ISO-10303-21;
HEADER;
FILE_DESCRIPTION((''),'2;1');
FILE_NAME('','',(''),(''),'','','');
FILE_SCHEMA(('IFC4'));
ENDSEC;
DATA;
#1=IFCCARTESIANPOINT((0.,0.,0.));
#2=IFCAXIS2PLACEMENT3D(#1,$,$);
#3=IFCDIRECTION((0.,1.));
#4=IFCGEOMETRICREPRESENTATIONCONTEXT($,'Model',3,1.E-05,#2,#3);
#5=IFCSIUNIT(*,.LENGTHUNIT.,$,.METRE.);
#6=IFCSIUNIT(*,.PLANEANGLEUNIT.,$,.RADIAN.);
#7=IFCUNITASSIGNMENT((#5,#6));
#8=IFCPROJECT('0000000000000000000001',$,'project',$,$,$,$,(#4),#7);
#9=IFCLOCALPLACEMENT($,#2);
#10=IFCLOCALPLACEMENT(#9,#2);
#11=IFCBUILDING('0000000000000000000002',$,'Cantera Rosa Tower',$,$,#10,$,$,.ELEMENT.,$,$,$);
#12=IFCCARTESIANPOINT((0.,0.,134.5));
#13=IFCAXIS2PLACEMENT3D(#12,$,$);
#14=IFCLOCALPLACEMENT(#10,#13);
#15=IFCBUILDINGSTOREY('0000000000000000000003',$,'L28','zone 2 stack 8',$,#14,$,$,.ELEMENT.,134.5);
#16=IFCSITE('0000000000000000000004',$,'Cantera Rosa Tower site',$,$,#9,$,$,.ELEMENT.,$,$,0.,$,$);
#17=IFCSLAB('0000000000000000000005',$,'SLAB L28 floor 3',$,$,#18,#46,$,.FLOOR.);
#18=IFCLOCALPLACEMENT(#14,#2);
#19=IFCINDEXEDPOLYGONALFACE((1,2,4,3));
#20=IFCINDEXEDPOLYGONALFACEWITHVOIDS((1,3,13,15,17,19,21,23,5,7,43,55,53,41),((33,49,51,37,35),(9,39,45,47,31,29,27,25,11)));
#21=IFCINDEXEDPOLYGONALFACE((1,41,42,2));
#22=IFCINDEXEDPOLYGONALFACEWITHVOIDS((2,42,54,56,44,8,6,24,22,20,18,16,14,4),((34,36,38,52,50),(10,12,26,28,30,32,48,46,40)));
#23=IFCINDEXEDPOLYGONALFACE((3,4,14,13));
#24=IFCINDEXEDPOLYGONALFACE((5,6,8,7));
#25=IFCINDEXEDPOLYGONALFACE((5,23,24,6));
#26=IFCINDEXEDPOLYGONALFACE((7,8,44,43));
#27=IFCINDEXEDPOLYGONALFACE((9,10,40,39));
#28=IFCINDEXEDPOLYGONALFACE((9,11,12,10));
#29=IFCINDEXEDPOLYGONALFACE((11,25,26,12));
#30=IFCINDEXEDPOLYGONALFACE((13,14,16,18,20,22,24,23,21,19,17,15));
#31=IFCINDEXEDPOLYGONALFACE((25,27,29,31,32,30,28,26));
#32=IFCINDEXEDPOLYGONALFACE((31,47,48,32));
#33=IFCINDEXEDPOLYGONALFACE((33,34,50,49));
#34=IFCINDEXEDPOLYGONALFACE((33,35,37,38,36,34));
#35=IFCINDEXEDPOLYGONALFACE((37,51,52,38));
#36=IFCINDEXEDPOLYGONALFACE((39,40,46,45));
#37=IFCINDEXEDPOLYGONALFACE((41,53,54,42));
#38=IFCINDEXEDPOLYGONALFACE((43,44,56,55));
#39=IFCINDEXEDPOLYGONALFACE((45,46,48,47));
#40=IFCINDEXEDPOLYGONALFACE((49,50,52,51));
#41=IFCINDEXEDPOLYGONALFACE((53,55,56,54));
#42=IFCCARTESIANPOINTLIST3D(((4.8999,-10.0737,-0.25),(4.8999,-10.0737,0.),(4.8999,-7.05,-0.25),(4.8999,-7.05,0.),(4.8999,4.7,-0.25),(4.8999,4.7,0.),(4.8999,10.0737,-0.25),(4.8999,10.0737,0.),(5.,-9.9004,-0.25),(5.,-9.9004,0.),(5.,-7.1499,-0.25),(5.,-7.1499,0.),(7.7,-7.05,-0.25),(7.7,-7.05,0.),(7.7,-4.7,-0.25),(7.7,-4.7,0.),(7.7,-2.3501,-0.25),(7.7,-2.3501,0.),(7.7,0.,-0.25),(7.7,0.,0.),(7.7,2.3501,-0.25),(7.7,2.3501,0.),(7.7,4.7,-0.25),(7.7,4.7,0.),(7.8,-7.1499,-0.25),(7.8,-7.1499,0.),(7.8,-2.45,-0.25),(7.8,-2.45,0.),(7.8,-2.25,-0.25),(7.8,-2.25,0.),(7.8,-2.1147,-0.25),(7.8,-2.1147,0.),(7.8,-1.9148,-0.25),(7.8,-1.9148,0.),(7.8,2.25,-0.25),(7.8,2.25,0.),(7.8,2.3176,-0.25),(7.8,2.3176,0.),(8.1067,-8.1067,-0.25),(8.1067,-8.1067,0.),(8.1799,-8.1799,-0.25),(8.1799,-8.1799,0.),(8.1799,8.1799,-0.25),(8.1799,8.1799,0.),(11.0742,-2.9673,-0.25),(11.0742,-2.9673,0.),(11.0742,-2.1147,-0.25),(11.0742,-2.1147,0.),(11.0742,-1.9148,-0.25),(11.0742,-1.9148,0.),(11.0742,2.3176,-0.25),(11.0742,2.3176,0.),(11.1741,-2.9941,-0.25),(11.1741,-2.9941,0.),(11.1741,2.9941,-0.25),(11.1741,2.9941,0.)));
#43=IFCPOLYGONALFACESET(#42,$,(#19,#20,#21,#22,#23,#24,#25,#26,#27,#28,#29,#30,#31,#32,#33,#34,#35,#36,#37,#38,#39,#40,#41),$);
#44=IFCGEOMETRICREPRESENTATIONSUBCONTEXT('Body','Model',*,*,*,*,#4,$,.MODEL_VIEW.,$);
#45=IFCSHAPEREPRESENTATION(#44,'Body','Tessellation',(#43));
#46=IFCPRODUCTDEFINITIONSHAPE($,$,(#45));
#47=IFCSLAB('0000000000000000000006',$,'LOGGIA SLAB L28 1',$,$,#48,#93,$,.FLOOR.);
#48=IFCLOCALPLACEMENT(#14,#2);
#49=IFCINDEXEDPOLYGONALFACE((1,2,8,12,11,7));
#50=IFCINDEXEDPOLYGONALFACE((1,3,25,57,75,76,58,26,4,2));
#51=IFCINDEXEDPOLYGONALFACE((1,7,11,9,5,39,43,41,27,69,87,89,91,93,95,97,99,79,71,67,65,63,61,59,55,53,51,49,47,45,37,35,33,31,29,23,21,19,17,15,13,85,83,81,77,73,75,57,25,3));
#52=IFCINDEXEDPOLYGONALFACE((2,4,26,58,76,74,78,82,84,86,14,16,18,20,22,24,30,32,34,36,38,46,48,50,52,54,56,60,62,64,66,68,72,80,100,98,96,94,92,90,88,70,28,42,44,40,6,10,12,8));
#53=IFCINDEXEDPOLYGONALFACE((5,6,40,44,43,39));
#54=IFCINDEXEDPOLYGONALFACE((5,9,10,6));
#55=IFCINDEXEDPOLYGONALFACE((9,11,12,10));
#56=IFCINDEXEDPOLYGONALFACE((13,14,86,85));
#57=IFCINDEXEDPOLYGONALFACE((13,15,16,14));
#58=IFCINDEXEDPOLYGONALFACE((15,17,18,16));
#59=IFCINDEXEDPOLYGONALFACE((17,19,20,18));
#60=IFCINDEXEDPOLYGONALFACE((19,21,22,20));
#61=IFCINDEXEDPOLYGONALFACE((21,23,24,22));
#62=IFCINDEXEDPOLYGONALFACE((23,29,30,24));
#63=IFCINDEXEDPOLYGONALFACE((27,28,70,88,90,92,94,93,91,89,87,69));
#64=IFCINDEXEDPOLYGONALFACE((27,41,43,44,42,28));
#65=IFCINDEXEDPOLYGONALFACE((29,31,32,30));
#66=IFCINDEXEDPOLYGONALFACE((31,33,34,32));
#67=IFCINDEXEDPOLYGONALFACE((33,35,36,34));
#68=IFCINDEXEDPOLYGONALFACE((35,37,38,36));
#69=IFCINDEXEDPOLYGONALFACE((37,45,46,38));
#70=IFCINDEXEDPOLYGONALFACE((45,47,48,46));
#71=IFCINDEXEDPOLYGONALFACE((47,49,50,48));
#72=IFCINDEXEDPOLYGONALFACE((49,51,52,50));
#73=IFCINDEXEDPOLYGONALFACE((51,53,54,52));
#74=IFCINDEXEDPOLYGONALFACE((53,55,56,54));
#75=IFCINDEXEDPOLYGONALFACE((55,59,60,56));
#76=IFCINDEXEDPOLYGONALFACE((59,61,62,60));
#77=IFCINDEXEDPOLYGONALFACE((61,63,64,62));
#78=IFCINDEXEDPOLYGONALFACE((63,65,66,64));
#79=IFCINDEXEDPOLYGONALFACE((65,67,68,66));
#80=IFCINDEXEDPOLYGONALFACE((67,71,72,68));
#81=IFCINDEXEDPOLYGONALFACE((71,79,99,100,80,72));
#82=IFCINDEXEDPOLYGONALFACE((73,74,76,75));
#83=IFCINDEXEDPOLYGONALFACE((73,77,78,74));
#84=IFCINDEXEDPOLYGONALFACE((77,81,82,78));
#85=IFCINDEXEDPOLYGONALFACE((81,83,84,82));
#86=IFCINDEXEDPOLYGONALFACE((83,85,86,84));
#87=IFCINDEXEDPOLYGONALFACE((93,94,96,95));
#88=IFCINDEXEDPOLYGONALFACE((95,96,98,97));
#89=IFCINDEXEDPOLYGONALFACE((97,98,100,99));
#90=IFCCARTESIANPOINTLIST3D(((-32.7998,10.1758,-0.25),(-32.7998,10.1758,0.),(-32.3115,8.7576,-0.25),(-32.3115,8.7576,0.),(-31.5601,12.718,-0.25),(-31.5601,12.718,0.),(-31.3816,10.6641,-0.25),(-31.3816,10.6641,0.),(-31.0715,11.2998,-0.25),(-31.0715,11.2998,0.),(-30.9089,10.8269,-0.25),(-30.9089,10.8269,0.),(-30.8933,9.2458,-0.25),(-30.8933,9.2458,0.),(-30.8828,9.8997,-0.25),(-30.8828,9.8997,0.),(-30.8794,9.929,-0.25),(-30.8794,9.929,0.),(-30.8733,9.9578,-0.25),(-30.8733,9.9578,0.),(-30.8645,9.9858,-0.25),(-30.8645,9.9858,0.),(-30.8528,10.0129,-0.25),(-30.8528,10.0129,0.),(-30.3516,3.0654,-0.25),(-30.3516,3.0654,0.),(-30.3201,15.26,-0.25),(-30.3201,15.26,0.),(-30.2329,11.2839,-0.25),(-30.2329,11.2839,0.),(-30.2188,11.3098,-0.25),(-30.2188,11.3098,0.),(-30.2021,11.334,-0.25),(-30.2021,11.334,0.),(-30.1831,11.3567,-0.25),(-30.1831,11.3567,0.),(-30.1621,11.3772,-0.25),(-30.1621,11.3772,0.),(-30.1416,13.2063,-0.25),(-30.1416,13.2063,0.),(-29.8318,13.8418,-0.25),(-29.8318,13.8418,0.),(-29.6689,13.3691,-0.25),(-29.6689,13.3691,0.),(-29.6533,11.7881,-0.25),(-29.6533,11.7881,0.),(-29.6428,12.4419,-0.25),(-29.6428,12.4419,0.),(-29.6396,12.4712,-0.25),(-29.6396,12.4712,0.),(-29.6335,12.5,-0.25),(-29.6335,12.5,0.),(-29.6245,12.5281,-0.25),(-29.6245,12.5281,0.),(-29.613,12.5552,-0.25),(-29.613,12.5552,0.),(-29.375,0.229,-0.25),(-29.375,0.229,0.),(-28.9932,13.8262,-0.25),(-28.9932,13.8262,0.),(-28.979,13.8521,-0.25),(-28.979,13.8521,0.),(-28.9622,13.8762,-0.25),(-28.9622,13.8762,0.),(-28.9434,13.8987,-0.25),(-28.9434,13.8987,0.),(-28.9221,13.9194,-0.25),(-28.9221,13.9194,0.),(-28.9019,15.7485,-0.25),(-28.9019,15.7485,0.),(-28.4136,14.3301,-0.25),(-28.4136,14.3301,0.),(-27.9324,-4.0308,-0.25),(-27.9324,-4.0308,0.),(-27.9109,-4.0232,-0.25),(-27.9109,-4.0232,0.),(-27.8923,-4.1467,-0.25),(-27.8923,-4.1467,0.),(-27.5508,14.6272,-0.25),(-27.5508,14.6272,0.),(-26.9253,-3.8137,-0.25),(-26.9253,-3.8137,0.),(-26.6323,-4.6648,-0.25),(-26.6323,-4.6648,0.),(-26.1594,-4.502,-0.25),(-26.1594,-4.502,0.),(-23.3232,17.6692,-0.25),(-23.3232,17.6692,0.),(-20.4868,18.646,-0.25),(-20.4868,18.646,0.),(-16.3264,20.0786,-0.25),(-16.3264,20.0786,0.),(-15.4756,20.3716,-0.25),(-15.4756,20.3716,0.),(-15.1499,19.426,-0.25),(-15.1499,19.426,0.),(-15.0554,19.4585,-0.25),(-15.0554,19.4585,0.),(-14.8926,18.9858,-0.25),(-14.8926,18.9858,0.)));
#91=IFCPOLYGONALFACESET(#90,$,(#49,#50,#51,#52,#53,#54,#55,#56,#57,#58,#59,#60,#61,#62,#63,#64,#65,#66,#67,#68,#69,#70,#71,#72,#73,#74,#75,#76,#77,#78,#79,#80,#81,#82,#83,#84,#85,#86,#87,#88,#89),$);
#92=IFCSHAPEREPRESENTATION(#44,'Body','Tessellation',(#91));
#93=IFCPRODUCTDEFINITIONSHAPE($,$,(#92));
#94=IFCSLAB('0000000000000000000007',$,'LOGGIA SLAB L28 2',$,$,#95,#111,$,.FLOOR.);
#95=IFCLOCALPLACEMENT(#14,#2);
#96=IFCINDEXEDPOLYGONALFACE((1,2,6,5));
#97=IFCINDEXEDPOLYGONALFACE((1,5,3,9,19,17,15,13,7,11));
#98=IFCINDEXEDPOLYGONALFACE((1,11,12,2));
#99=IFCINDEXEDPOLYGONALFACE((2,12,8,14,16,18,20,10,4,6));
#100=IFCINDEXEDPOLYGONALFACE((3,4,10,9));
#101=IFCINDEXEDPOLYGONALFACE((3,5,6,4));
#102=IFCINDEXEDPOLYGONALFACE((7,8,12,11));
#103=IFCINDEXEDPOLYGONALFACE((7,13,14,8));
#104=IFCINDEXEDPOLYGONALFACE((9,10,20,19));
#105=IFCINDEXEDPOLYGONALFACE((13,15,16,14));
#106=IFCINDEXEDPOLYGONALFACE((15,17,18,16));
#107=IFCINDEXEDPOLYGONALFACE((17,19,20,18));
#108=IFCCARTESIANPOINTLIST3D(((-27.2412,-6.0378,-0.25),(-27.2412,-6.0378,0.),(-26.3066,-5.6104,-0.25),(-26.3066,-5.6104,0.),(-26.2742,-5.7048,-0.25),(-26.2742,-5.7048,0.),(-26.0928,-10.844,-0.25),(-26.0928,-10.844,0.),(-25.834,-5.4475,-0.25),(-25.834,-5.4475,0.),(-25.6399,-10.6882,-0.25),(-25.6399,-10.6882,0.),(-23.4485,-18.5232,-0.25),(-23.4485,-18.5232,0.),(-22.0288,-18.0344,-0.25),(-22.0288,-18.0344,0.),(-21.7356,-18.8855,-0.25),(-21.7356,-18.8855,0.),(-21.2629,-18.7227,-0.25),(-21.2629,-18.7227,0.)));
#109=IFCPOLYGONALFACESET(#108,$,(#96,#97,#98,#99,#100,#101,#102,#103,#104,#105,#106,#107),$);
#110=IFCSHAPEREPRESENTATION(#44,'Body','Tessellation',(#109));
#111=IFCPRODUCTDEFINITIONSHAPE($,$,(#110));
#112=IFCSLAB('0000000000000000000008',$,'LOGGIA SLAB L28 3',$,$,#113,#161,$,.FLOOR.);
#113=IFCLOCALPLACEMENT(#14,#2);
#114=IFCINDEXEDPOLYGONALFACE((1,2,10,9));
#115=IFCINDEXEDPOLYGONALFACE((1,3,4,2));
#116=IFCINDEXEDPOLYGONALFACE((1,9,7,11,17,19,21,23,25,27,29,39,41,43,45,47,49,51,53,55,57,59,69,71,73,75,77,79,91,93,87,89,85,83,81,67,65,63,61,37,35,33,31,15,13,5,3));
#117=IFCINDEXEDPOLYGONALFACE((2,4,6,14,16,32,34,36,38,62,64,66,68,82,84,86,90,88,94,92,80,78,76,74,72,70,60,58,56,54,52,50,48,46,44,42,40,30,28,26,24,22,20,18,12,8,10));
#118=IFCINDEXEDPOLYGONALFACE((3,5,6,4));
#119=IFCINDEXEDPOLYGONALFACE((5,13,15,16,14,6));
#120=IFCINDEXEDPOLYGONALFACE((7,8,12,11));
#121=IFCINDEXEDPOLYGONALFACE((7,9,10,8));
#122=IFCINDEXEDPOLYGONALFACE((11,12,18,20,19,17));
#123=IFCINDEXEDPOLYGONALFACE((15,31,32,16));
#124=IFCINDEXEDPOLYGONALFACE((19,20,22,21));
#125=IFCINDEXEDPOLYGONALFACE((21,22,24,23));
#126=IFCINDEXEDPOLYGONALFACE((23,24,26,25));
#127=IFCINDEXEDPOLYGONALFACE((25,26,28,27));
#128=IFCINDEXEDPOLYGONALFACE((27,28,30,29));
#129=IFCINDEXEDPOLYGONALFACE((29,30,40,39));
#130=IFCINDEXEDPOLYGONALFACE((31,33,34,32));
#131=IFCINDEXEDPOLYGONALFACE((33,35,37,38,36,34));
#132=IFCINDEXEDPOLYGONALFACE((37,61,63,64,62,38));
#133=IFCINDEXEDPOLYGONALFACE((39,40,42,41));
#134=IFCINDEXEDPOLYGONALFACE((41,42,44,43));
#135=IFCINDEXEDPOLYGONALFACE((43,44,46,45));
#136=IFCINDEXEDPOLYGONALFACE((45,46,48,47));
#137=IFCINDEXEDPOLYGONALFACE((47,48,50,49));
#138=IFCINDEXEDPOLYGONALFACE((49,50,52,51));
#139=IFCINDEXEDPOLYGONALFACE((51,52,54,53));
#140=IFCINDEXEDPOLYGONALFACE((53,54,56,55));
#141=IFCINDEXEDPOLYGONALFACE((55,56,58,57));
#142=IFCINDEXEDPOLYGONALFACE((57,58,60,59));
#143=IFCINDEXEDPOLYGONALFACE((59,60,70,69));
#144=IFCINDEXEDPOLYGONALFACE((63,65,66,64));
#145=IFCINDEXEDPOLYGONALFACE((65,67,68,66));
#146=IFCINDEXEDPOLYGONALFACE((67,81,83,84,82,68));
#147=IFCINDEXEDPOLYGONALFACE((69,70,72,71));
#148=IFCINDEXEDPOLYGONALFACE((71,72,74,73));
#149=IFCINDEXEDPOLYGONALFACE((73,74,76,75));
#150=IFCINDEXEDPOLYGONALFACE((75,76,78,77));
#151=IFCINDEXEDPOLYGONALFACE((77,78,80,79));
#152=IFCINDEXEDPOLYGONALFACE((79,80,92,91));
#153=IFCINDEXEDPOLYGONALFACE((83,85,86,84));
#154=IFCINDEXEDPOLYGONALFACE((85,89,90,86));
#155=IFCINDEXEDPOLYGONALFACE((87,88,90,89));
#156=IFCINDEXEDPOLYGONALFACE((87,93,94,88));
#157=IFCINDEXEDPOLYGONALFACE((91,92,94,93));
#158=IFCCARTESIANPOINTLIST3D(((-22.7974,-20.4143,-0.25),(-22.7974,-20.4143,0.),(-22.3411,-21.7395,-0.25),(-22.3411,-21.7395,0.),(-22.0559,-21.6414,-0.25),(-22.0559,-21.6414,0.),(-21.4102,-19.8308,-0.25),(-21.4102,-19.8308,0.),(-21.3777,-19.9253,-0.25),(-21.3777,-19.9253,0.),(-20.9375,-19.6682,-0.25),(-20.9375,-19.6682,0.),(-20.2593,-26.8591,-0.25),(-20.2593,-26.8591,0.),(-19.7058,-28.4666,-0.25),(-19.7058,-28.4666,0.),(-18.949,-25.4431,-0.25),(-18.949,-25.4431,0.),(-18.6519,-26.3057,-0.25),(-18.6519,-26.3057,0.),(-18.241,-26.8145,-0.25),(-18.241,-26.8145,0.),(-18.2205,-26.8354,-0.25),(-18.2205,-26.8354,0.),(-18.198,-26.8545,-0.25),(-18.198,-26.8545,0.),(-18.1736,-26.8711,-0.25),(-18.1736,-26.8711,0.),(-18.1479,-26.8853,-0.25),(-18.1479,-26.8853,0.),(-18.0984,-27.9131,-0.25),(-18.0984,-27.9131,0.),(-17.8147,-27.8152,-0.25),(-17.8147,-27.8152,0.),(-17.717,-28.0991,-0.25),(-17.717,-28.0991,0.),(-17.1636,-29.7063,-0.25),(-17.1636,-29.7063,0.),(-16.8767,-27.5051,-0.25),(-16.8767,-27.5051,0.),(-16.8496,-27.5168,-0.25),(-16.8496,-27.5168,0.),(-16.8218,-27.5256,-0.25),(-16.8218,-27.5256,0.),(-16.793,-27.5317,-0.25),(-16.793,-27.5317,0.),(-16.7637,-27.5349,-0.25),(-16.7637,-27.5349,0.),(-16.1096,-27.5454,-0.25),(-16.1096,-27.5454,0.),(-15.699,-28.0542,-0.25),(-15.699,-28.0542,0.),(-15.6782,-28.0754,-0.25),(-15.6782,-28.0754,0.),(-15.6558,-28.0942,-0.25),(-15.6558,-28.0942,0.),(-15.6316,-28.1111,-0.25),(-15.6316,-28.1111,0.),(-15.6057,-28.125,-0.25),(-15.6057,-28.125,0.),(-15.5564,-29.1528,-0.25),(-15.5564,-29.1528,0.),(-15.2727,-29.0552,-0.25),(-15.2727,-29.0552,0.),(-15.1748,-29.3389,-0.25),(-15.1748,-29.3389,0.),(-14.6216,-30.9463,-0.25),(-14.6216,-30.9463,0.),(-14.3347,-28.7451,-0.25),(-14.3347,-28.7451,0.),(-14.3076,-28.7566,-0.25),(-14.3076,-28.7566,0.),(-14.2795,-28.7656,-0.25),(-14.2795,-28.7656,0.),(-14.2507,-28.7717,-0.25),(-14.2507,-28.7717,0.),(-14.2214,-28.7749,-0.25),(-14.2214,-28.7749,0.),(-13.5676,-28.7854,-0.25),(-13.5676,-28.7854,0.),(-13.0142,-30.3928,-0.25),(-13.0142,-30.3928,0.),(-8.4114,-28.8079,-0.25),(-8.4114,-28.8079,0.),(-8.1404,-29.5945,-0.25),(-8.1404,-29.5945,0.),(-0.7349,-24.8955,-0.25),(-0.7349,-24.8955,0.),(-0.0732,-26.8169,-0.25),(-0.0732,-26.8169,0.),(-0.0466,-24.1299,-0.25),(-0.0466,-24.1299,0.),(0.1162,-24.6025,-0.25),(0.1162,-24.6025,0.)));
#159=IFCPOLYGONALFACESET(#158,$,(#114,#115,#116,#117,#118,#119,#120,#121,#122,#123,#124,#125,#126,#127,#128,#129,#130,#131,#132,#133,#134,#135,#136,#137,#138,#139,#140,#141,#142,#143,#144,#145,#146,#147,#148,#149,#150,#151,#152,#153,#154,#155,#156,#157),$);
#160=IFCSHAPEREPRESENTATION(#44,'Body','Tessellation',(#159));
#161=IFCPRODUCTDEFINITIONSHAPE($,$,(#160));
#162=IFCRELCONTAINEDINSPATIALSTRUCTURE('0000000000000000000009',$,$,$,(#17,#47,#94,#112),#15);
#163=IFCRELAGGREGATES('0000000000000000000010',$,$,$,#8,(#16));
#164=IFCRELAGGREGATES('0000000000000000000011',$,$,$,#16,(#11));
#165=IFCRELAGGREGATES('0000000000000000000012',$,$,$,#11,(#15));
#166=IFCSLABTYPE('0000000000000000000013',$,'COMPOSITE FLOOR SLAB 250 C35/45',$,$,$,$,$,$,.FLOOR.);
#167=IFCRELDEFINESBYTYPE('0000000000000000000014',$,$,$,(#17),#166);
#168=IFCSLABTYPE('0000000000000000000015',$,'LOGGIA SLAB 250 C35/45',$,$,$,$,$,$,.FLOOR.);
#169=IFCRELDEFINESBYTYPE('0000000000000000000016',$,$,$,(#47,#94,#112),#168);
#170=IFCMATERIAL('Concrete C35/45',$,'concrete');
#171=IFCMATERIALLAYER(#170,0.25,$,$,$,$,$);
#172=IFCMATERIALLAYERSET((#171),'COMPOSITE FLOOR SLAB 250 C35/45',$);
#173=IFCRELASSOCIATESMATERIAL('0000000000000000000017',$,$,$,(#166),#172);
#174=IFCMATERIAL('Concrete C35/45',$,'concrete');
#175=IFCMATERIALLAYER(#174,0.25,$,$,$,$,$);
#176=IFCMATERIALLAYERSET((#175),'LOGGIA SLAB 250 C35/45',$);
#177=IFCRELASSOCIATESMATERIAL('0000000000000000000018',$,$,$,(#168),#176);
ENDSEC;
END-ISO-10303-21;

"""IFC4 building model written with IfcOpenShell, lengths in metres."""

from ifc_helpers import new_model, si_unit, direction, frame, origin, place, context, subcontext, project, spatial, polyline, outline, extrude, material, layer, layer_set, type_object, element, save


model = new_model("IFC4")

# Units and contexts
model_context = context("Model", 3, precision=1e-05, world=origin(), true_north=direction((0.0, 1.0)))
body_context = subcontext(model_context, "Body", "Model", "MODEL_VIEW")
ifc_project = project(units=[si_unit("LENGTHUNIT", "METRE"), si_unit("PLANEANGLEUNIT", "RADIAN")], contexts=[model_context])

# Site, building, storey
site_placement = place(None, origin())
site = spatial("IfcSite", under=ifc_project, at=site_placement, Name="Cantera Rosa Tower site", CompositionType="ELEMENT", RefElevation=0.0)
building_placement = place(site_placement, origin())
building = spatial("IfcBuilding", under=site, at=building_placement, Name="Cantera Rosa Tower", CompositionType="ELEMENT")
storey_placement = place(building_placement, frame((0.0, 0.0, 134.5)))
storey = spatial("IfcBuildingStorey", under=building, at=storey_placement, Name="L28", Description="zone 2 stack 8", CompositionType="ELEMENT", Elevation=134.5)

# Slabs
ifc_material_1 = material(Name="Concrete C35/45", Category="concrete")
ifc_layer_1 = layer(ifc_material_1, 0.25)
ifc_layer_set_1 = layer_set([ifc_layer_1], Name="COMPOSITE FLOOR SLAB 250 C35/45")
slab_type_1 = type_object("IfcSlabType", Name="COMPOSITE FLOOR SLAB 250 C35/45", PredefinedType="FLOOR", material=ifc_layer_set_1)
slab_1_placement = place(storey_placement, frame((0.0, 0.0, -0.25)))
element("IfcSlab", 1, at=slab_1_placement, inside=storey, type_object=slab_type_1, Name="SLAB L28 floor 3", PredefinedType="FLOOR", context=body_context, shape_type="SweptSolid", body=[
    extrude(outline(polyline([(7.7, 4.7), (4.8999, 4.7), (4.8999, 10.0737), (8.1799, 8.1799), (11.1741, 2.9941), (11.1741, -2.9941), (8.1799, -8.1799), (4.8999, -10.0737), (4.8999, -7.05), (7.7, -7.05), (7.7, -4.7), (7.7, -2.3501), (7.7, 0.0), (7.7, 2.3501), (7.7, 4.7)]), holes=[polyline([(7.8, -7.1499), (5.0, -7.1499), (5.0, -9.9004), (8.1067, -8.1067), (11.0742, -2.9673), (11.0742, -2.1147), (7.8, -2.1147), (7.8, -2.25), (7.8, -2.45), (7.8, -7.1499)]), polyline([(11.0742, 2.3176), (7.8, 2.3176), (7.8, 2.25), (7.8, -1.9148), (11.0742, -1.9148), (11.0742, 2.3176)])]), origin(), (0.0, 0.0, 1.0), 0.25),
])
ifc_material_2 = material(Name="Concrete C35/45", Category="concrete")
ifc_layer_2 = layer(ifc_material_2, 0.25)
ifc_layer_set_2 = layer_set([ifc_layer_2], Name="LOGGIA SLAB 250 C35/45")
slab_type_2 = type_object("IfcSlabType", Name="LOGGIA SLAB 250 C35/45", PredefinedType="FLOOR", material=ifc_layer_set_2)
slab_2_placement = place(storey_placement, frame((0.0, 0.0, -0.25)))
element("IfcSlab", 2, at=slab_2_placement, inside=storey, type_object=slab_type_2, Name="LOGGIA SLAB L28 1", PredefinedType="FLOOR", context=body_context, shape_type="SweptSolid", body=[
    extrude(outline(polyline([(-32.7998, 10.1758), (-31.3816, 10.6641), (-30.9089, 10.8269), (-31.0715, 11.2998), (-31.5601, 12.718), (-30.1416, 13.2063), (-29.6689, 13.3691), (-29.8318, 13.8418), (-30.3201, 15.26), (-28.9019, 15.7485), (-23.3232, 17.6692), (-20.4868, 18.646), (-16.3264, 20.0786), (-15.4756, 20.3716), (-15.1499, 19.426), (-15.0554, 19.4585), (-14.8926, 18.9858), (-27.5508, 14.6272), (-28.4136, 14.3301), (-28.9221, 13.9194), (-28.9434, 13.8987), (-28.9622, 13.8762), (-28.979, 13.8521), (-28.9932, 13.8262), (-29.613, 12.5552), (-29.6245, 12.5281), (-29.6335, 12.5), (-29.6396, 12.4712), (-29.6428, 12.4419), (-29.6533, 11.7881), (-30.1621, 11.3772), (-30.1831, 11.3567), (-30.2021, 11.334), (-30.2188, 11.3098), (-30.2329, 11.2839), (-30.8528, 10.0129), (-30.8645, 9.9858), (-30.8733, 9.9578), (-30.8794, 9.929), (-30.8828, 9.8997), (-30.8933, 9.2458), (-26.1594, -4.502), (-26.6323, -4.6648), (-26.9253, -3.8137), (-27.8923, -4.1467), (-27.9324, -4.0308), (-27.9109, -4.0232), (-29.375, 0.229), (-30.3516, 3.0654), (-32.3115, 8.7576), (-32.7998, 10.1758)])), origin(), (0.0, 0.0, 1.0), 0.25),
])
slab_3_placement = place(storey_placement, frame((0.0, 0.0, -0.25)))
element("IfcSlab", 3, at=slab_3_placement, inside=storey, type_object=slab_type_2, Name="LOGGIA SLAB L28 2", PredefinedType="FLOOR", context=body_context, shape_type="SweptSolid", body=[
    extrude(outline(polyline([(-25.834, -5.4475), (-21.2629, -18.7227), (-21.7356, -18.8855), (-22.0288, -18.0344), (-23.4485, -18.5232), (-26.0928, -10.844), (-25.6399, -10.6882), (-27.2412, -6.0378), (-26.2742, -5.7048), (-26.3066, -5.6104), (-25.834, -5.4475)])), origin(), (0.0, 0.0, 1.0), 0.25),
])
slab_4_placement = place(storey_placement, frame((0.0, 0.0, -0.25)))
element("IfcSlab", 4, at=slab_4_placement, inside=storey, type_object=slab_type_2, Name="LOGGIA SLAB L28 3", PredefinedType="FLOOR", context=body_context, shape_type="SweptSolid", body=[
    extrude(outline(polyline([(-15.1748, -29.3389), (-15.2727, -29.0552), (-15.5564, -29.1528), (-17.1636, -29.7063), (-17.717, -28.0991), (-17.8147, -27.8152), (-18.0984, -27.9131), (-19.7058, -28.4666), (-20.2593, -26.8591), (-22.0559, -21.6414), (-22.3411, -21.7395), (-22.7974, -20.4143), (-21.3777, -19.9253), (-21.4102, -19.8308), (-20.9375, -19.6682), (-18.949, -25.4431), (-18.6519, -26.3057), (-18.241, -26.8145), (-18.2205, -26.8354), (-18.198, -26.8545), (-18.1736, -26.8711), (-18.1479, -26.8853), (-16.8767, -27.5051), (-16.8496, -27.5168), (-16.8218, -27.5256), (-16.793, -27.5317), (-16.7637, -27.5349), (-16.1096, -27.5454), (-15.699, -28.0542), (-15.6782, -28.0754), (-15.6558, -28.0942), (-15.6316, -28.1111), (-15.6057, -28.125), (-14.3347, -28.7451), (-14.3076, -28.7566), (-14.2795, -28.7656), (-14.2507, -28.7717), (-14.2214, -28.7749), (-13.5676, -28.7854), (-0.0466, -24.1299), (0.1162, -24.6025), (-0.7349, -24.8955), (-0.0732, -26.8169), (-8.1404, -29.5945), (-8.4114, -28.8079), (-13.0142, -30.3928), (-14.6216, -30.9463), (-15.1748, -29.3389)])), origin(), (0.0, 0.0, 1.0), 0.25),
])

save(model, "model.ifc")
